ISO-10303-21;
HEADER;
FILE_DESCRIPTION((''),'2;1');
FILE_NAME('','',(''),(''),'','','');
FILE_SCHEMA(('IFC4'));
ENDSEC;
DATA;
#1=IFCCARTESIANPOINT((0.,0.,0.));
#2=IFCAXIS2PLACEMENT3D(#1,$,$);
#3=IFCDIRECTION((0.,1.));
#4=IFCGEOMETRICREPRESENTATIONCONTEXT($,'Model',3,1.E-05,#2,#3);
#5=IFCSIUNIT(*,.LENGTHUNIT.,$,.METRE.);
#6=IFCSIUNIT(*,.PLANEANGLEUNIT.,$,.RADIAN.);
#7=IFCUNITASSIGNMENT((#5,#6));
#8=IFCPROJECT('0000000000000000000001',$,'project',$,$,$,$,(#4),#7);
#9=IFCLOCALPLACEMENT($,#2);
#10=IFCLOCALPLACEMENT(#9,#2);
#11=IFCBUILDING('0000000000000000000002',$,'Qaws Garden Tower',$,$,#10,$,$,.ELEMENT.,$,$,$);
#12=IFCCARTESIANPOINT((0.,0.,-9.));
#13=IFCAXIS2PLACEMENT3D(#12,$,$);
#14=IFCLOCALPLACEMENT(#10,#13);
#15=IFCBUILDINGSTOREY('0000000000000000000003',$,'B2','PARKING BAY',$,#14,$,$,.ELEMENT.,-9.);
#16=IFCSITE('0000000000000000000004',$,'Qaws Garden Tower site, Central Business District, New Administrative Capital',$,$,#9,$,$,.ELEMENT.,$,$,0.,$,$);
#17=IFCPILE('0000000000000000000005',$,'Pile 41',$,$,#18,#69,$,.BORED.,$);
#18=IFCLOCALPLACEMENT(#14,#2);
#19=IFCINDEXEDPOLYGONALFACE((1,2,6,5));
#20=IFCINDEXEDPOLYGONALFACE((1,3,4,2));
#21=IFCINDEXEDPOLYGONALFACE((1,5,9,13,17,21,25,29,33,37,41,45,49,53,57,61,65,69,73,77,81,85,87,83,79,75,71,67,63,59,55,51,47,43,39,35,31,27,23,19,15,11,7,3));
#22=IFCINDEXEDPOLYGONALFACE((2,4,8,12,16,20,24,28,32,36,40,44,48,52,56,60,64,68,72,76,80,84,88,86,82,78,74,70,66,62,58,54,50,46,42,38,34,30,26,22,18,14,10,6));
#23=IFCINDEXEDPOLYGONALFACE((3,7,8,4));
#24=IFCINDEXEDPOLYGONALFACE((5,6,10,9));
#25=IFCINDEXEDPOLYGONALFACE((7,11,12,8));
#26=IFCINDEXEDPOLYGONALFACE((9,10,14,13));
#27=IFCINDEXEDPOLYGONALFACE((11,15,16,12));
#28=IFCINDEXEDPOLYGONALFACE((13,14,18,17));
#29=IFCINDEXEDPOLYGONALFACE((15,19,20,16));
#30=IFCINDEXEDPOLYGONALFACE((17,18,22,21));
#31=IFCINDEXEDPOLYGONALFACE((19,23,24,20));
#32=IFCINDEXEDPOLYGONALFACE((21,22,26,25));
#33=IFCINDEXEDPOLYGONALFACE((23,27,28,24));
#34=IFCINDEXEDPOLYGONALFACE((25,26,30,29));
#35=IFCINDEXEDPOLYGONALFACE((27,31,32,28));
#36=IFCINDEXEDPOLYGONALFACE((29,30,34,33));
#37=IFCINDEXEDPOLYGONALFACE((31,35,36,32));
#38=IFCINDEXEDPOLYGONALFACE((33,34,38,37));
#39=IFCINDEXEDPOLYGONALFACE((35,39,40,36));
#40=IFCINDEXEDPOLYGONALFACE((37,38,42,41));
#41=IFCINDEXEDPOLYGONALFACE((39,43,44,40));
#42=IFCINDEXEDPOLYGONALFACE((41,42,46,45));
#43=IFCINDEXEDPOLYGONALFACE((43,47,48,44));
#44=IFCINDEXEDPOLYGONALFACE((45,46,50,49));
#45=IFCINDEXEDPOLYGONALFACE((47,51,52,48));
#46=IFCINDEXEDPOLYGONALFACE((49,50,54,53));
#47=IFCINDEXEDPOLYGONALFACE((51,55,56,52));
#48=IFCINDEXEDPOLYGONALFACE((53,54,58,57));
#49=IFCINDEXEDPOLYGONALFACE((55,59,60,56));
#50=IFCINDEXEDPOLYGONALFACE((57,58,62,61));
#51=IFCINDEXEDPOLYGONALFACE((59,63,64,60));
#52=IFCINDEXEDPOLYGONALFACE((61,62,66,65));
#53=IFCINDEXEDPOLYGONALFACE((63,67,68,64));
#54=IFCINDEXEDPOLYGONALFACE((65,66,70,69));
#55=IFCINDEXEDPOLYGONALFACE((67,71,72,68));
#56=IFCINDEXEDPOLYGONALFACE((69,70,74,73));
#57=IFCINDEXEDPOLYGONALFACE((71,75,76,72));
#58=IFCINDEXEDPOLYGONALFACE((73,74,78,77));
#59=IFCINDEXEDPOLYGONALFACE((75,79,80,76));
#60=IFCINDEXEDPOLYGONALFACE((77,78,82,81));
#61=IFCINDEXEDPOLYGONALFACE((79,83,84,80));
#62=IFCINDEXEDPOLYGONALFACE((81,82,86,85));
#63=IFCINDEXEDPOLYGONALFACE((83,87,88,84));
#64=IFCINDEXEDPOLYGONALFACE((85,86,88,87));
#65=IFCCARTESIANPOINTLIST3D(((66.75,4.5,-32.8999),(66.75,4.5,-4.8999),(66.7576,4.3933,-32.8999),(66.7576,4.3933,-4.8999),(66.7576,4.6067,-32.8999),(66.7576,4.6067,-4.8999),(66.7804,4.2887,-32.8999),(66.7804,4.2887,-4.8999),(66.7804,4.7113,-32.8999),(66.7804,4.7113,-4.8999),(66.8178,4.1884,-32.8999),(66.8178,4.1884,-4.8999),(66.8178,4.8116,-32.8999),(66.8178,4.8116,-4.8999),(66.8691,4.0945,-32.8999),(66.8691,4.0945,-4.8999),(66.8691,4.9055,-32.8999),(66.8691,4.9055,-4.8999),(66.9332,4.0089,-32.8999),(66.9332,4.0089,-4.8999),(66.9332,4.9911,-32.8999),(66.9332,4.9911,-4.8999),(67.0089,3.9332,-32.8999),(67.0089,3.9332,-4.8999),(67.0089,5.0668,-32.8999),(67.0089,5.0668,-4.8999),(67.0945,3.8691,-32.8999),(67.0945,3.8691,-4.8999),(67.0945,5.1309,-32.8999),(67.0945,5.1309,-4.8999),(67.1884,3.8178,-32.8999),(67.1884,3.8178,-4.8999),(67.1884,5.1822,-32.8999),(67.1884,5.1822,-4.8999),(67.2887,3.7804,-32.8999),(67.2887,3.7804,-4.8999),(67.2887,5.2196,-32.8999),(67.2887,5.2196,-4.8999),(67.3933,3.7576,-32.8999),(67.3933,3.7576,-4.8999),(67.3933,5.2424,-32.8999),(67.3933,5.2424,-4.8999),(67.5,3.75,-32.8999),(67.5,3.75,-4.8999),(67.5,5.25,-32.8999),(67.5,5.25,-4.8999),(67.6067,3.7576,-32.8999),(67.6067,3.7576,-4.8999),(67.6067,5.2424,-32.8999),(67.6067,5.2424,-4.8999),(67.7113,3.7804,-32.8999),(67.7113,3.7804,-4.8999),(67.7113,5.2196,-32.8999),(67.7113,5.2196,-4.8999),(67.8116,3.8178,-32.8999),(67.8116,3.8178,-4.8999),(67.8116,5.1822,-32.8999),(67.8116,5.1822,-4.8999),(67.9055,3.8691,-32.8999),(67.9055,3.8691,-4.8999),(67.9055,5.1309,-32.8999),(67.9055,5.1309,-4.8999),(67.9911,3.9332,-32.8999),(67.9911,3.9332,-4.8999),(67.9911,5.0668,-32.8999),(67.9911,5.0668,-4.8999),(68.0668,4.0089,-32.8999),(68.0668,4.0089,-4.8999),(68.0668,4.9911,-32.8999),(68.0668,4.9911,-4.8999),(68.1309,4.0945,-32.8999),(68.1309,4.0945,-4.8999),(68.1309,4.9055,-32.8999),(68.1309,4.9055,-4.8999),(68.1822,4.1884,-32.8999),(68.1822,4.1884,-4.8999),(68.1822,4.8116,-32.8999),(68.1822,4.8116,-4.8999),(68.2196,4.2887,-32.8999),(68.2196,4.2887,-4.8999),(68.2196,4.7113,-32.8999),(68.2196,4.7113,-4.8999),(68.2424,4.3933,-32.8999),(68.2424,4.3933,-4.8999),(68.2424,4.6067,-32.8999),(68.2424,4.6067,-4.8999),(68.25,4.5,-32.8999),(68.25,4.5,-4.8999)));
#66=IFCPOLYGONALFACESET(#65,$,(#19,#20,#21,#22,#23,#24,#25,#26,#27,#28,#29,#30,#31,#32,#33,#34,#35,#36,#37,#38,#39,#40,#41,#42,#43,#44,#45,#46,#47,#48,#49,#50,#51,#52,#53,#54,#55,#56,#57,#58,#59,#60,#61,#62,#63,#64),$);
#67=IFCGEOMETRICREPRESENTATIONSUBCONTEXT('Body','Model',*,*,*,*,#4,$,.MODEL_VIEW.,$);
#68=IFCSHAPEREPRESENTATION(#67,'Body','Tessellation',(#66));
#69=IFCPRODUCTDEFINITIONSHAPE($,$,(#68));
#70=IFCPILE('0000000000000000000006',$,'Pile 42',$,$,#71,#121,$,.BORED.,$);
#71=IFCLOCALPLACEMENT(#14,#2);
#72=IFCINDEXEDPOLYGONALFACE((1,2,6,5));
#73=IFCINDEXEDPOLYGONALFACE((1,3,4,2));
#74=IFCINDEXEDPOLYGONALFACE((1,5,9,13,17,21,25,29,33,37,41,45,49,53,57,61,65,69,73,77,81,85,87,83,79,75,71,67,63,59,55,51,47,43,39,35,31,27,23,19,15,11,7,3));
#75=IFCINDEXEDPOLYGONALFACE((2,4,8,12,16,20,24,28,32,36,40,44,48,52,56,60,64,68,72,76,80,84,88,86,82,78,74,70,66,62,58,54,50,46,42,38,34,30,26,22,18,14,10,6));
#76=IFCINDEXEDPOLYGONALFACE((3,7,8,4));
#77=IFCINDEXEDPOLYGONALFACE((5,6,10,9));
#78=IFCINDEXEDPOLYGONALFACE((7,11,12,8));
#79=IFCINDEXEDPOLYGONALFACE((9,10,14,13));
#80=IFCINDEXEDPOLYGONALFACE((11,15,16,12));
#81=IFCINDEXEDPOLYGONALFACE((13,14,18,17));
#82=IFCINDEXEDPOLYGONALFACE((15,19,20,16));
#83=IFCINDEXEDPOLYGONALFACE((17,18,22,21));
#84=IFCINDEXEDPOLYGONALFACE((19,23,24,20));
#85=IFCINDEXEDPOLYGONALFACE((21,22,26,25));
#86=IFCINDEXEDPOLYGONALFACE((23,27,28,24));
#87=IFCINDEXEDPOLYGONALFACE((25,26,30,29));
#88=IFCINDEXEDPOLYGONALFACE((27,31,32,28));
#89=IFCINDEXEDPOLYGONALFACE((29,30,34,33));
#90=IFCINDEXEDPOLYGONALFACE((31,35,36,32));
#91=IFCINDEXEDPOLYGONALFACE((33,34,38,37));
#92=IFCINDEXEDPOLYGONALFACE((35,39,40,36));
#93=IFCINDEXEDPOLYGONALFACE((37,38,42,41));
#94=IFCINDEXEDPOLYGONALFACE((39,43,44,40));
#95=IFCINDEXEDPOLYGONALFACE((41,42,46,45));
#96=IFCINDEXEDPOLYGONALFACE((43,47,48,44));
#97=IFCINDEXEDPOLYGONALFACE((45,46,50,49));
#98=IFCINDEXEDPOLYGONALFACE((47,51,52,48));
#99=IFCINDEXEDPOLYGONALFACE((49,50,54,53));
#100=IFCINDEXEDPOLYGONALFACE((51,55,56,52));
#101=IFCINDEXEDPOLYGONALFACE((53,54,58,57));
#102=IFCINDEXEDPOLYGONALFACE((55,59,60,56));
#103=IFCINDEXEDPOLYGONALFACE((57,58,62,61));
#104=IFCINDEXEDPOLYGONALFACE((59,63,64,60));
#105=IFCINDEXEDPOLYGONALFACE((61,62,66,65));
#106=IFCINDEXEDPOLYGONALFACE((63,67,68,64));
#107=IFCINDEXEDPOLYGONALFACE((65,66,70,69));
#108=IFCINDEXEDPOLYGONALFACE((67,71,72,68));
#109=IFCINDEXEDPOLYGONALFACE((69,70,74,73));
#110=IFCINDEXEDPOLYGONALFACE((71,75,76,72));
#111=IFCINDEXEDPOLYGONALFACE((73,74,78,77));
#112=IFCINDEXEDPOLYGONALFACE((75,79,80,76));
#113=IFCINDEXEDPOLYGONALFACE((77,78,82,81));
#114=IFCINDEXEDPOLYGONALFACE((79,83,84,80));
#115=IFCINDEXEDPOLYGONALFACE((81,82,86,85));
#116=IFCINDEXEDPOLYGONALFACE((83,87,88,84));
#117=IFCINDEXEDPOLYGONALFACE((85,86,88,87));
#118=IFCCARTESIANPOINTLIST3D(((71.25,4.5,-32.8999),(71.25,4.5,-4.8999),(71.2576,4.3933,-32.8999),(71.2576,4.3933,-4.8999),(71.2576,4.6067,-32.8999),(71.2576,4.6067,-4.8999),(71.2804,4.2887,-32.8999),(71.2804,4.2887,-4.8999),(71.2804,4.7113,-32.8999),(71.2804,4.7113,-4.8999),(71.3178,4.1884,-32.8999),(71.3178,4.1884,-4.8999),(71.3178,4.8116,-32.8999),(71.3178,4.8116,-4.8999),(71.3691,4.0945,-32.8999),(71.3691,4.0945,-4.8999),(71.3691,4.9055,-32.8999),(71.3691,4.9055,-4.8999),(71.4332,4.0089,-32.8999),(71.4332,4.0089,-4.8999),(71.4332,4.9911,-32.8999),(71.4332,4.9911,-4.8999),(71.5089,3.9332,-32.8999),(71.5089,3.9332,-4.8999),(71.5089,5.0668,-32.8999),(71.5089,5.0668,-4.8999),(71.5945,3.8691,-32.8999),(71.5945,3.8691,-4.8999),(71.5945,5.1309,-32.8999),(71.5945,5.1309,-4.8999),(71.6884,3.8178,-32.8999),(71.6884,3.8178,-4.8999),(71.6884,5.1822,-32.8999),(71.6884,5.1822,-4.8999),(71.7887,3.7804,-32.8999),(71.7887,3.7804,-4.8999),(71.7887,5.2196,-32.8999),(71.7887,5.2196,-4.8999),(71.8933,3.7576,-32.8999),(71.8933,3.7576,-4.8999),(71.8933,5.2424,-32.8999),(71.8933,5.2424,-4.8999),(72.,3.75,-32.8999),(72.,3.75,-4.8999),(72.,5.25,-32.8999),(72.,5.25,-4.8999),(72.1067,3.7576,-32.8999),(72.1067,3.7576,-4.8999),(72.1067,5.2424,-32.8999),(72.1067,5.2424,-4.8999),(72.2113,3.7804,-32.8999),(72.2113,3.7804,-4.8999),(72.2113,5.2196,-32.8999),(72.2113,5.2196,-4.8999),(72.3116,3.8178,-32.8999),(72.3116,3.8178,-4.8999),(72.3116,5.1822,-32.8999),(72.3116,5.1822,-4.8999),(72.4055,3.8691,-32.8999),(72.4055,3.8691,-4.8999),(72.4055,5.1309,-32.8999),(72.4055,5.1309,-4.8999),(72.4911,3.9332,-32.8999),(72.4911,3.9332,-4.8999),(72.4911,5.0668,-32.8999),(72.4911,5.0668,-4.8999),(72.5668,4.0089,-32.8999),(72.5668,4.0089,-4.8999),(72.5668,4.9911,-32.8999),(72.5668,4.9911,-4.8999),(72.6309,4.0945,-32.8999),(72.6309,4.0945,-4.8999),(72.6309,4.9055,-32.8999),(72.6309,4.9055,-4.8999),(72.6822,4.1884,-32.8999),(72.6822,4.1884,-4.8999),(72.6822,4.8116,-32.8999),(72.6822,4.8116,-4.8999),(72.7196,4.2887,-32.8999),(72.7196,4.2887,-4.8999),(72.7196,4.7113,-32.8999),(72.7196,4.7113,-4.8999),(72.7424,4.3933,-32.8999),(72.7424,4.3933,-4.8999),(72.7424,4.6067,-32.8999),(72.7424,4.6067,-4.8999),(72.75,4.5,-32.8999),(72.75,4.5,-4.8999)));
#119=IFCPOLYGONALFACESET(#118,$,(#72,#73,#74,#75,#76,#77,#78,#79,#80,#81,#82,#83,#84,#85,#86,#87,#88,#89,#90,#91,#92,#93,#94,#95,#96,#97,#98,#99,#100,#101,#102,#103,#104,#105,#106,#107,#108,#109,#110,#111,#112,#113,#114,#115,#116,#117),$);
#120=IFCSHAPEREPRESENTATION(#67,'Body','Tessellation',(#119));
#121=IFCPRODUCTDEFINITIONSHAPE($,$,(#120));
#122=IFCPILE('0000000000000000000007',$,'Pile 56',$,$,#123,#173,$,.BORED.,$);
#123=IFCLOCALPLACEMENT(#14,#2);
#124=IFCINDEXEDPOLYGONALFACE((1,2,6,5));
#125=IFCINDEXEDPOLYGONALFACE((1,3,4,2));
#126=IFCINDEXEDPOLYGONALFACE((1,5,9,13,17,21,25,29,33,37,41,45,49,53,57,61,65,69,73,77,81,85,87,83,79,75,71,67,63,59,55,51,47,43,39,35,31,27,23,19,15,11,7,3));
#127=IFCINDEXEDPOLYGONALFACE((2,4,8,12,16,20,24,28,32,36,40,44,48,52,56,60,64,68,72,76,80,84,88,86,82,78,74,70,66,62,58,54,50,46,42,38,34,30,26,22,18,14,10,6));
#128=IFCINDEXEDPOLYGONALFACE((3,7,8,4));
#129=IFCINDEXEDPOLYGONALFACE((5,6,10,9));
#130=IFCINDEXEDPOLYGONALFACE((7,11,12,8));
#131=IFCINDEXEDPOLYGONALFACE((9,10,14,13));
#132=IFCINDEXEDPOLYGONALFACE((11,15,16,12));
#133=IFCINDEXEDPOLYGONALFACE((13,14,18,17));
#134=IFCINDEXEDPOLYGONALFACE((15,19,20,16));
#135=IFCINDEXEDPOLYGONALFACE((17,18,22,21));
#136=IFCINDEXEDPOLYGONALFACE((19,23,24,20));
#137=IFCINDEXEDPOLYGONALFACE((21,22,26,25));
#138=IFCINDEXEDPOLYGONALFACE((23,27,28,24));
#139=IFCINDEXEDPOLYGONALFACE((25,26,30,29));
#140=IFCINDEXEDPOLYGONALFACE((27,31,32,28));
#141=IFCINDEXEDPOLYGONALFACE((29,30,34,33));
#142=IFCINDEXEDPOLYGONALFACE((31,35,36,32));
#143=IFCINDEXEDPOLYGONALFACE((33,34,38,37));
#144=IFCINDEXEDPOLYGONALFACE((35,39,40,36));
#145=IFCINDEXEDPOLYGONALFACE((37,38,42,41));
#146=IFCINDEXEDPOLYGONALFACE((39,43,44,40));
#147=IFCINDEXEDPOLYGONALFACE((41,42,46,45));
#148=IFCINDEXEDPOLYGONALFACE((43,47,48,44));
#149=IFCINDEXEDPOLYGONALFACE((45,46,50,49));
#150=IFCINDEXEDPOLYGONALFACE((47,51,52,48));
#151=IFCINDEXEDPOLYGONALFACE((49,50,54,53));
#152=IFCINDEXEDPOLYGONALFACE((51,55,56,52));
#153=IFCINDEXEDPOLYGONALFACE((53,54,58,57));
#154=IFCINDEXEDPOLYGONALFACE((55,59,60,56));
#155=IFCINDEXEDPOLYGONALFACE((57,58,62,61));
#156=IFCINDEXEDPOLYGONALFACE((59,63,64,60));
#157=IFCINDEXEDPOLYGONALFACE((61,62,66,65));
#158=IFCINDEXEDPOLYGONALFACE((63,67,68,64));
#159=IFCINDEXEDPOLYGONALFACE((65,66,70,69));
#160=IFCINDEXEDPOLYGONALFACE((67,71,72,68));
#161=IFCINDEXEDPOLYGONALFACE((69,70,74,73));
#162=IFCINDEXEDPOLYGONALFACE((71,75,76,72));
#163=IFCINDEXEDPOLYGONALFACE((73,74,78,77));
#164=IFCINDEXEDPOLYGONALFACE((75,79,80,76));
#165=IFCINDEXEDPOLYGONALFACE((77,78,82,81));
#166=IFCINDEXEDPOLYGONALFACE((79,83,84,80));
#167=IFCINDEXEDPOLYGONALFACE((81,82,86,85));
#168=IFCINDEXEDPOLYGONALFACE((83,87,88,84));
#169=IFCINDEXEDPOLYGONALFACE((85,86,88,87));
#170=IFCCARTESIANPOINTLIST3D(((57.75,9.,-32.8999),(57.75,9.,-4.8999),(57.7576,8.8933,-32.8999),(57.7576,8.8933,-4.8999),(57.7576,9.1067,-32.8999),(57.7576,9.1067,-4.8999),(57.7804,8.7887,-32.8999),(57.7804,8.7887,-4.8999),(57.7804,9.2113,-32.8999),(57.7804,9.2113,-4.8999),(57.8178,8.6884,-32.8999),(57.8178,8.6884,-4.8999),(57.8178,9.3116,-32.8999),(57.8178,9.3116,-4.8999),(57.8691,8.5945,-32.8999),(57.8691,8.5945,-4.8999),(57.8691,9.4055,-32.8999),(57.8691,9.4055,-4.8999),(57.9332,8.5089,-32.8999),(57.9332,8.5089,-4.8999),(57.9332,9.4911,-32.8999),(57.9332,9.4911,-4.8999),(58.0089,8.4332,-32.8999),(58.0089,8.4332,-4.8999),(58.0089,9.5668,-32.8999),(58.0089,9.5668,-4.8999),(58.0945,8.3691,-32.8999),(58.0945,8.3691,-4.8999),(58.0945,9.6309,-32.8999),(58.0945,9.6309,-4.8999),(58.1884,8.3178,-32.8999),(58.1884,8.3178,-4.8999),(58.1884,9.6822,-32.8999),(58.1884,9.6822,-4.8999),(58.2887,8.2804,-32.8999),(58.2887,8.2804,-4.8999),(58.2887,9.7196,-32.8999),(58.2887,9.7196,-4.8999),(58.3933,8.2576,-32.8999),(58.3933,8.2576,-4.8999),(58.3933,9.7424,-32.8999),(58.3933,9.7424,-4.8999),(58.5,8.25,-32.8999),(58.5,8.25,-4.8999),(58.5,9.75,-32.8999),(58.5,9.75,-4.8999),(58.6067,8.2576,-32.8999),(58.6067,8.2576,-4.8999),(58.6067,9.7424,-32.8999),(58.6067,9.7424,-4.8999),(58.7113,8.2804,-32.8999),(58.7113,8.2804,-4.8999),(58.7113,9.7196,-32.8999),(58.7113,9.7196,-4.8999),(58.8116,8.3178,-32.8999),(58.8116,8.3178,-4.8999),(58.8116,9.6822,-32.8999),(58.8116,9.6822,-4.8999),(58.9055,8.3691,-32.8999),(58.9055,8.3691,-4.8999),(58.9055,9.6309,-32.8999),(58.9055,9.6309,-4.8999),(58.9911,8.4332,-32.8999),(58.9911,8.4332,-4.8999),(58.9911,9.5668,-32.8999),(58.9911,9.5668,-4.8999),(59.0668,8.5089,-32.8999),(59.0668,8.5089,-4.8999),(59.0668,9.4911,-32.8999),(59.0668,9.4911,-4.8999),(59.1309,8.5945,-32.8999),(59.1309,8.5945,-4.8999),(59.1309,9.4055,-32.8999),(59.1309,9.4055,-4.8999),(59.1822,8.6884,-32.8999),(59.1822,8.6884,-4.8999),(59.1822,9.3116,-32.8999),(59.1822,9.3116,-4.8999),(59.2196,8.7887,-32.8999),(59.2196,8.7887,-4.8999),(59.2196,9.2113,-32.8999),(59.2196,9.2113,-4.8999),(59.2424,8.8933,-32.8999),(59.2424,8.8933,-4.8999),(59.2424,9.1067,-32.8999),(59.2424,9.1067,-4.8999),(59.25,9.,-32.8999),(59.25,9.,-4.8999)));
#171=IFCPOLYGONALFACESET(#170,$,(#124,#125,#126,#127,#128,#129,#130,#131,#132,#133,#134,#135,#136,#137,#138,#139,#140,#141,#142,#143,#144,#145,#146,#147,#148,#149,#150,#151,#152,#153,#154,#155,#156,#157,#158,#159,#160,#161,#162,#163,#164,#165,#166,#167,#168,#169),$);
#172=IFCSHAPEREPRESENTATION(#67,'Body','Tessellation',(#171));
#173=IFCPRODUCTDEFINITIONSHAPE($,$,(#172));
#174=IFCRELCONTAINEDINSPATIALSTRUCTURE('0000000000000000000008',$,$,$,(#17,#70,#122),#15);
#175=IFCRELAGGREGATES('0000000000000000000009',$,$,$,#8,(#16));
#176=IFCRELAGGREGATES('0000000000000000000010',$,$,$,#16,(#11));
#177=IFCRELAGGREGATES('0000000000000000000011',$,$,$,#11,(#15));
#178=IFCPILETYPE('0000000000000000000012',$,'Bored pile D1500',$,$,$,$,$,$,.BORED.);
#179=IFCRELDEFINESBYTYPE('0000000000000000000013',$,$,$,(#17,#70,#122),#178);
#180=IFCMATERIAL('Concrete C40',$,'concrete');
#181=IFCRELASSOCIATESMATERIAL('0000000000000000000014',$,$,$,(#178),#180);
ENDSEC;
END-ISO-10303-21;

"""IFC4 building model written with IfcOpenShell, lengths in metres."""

from ifc_helpers import new_model, si_unit, direction, frame, origin, origin_2d, place, context, subcontext, project, spatial, circle, extrude, material, material_profile, profile_set, type_object, element, save


model = new_model("IFC4")

# Units and contexts
model_context = context("Model", 3, precision=1e-05, world=origin(), true_north=direction((0.0, 1.0)))
body_context = subcontext(model_context, "Body", "Model", "MODEL_VIEW")
ifc_project = project(units=[si_unit("LENGTHUNIT", "METRE"), si_unit("PLANEANGLEUNIT", "RADIAN")], contexts=[model_context])

# Site, building, storey
site_placement = place(None, origin())
site = spatial("IfcSite", under=ifc_project, at=site_placement, Name="Qaws Garden Tower site, Central Business District, New Administrative Capital", CompositionType="ELEMENT", RefElevation=0.0)
building_placement = place(site_placement, origin())
building = spatial("IfcBuilding", under=site, at=building_placement, Name="Qaws Garden Tower", CompositionType="ELEMENT")
storey_placement = place(building_placement, frame((0.0, 0.0, -9.0)))
storey = spatial("IfcBuildingStorey", under=building, at=storey_placement, Name="B2", Description="PARKING BAY", CompositionType="ELEMENT", Elevation=-9.0)

# Piles
ifc_material_1 = material(Name="Concrete C40", Category="concrete")
ifc_material_profile_1 = material_profile(ifc_material_1, circle(Radius=0.75, at=origin_2d()), Name="Bored pile D1500")
ifc_profile_set_1 = profile_set([ifc_material_profile_1], Name="Concrete C40")
pile_type = type_object("IfcPileType", Name="Bored pile D1500", PredefinedType="BORED", material=ifc_profile_set_1)
for number, where, z_axis, x_axis, name in (
    (1, (67.5, 4.5, -4.8999), (0.0, 0.0, -1.0), (1.0, 0.0, 0.0), "Pile 41"),
    (2, (72.0, 4.5, -4.8999), (0.0, 0.0, -1.0), (1.0, 0.0, 0.0), "Pile 42"),
    (3, (58.5, 9.0, -4.8999), (0.0, 0.0, -1.0), (1.0, 0.0, 0.0), "Pile 56"),
):
    element("IfcPile", number, at=place(storey_placement, frame(where, z_axis=z_axis, x_axis=x_axis)), inside=storey, type_object=pile_type, Name=name, PredefinedType="BORED", context=body_context, shape_type="SweptSolid", body=[
        extrude(circle(Radius=0.75, at=origin_2d()), origin(), (0.0, 0.0, 1.0), 28.0),
    ])

save(model, "model.ifc")
